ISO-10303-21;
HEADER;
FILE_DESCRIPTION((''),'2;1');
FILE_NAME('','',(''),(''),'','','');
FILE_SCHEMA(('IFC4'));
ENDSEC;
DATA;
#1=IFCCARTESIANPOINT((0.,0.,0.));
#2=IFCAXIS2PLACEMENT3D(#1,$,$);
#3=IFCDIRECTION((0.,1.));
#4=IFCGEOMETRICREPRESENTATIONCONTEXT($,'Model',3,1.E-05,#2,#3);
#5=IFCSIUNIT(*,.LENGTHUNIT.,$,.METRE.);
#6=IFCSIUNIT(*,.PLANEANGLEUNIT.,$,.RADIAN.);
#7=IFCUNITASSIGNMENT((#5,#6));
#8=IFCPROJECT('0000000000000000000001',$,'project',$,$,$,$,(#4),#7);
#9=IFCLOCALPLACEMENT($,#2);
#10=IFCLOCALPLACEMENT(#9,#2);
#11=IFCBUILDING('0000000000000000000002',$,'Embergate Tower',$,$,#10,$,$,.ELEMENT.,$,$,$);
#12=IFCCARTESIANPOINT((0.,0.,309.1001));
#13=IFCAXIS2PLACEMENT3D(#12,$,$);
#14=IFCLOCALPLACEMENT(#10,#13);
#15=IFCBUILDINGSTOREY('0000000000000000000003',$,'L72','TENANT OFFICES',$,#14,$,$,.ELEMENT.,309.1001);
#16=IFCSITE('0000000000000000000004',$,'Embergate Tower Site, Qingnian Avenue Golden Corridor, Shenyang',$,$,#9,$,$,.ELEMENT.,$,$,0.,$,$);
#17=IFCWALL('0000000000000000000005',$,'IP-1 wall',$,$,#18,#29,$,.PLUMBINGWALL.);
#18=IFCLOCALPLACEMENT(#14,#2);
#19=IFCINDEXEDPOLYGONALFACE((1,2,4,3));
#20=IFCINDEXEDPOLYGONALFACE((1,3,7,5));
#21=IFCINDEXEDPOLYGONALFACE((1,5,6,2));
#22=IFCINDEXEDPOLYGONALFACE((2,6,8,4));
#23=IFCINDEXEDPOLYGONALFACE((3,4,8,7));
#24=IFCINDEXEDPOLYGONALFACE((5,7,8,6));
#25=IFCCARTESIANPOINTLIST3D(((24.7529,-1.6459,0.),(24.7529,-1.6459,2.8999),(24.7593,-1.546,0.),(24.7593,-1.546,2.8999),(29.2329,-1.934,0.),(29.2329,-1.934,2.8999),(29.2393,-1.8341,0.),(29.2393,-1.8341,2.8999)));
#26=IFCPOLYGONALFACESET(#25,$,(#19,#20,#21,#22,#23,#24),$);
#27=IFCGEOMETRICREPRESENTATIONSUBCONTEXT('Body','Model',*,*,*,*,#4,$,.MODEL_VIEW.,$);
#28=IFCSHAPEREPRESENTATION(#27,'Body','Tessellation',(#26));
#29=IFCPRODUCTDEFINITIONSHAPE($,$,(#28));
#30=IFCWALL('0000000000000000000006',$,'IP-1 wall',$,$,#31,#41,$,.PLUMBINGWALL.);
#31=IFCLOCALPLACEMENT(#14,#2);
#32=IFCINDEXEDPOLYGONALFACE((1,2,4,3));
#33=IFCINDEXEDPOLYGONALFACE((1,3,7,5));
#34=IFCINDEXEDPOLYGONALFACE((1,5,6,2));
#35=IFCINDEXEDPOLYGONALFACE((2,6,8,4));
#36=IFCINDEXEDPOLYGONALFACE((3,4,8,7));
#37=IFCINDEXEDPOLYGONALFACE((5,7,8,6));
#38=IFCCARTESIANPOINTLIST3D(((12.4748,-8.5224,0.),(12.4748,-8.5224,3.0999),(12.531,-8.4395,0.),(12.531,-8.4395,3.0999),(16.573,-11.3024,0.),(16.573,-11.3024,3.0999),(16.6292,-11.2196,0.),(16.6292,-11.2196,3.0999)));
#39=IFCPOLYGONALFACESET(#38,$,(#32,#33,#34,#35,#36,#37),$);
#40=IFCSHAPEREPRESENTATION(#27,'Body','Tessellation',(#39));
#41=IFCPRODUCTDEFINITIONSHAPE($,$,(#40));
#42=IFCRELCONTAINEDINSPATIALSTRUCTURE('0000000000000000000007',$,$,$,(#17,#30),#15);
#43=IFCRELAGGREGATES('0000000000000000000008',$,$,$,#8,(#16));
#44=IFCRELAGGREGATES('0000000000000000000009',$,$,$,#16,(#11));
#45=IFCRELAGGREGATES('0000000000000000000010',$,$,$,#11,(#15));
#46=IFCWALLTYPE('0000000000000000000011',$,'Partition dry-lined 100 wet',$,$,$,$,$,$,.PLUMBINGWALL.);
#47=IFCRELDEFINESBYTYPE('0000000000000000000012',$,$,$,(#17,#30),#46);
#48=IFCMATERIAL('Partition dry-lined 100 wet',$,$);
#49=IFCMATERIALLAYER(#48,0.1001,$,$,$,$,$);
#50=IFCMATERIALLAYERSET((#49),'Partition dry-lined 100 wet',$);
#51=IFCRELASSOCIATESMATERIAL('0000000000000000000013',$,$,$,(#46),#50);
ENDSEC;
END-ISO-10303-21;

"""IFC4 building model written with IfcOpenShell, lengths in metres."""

from ifc_helpers import new_model, si_unit, direction, frame, frame_2d, origin, place, context, subcontext, project, spatial, rectangle, extrude, source, transform, mapped, material, layer, layer_set, type_object, element, save


model = new_model("IFC4")

# Units and contexts
model_context = context("Model", 3, precision=1e-05, world=origin(), true_north=direction((0.0, 1.0)))
body_context = subcontext(model_context, "Body", "Model", "MODEL_VIEW")
ifc_project = project(units=[si_unit("LENGTHUNIT", "METRE"), si_unit("PLANEANGLEUNIT", "RADIAN")], contexts=[model_context])

# Site, building, storey
site_placement = place(None, origin())
site = spatial("IfcSite", under=ifc_project, at=site_placement, Name="Embergate Tower Site, Qingnian Avenue Golden Corridor, Shenyang", CompositionType="ELEMENT", RefElevation=0.0)
building_placement = place(site_placement, origin())
building = spatial("IfcBuilding", under=site, at=building_placement, Name="Embergate Tower", CompositionType="ELEMENT")
storey_placement = place(building_placement, frame((0.0, 0.0, 309.1001)))
storey = spatial("IfcBuildingStorey", under=building, at=storey_placement, Name="L72", Description="TENANT OFFICES", CompositionType="ELEMENT", Elevation=309.1001)

# Walls
ifc_material_1 = material(Name="Partition dry-lined 100 wet")
ifc_layer_1 = layer(ifc_material_1, 0.1001)
ifc_layer_set_1 = layer_set([ifc_layer_1], Name="Partition dry-lined 100 wet")
wall_type_1 = type_object("IfcWallType", Name="Partition dry-lined 100 wet", PredefinedType="PLUMBINGWALL", material=ifc_layer_set_1)
shared_shape_1 = source(origin(), body_context, "Body", "SweptSolid", [
    extrude(rectangle(XDim=4.4893, YDim=0.1001, at=frame_2d((2.2446, 0.0))), origin(), (0.0, 0.0, 1.0), 2.8999),
])
wall_1_placement = place(storey_placement, frame((29.2361, -1.884, 0.0), z_axis=(0.0, 0.0, 1.0), x_axis=(-0.997939, 0.064173, 0.0)))
element("IfcWall", 1, at=wall_1_placement, inside=storey, type_object=wall_type_1, Name="IP-1 wall", PredefinedType="PLUMBINGWALL", context=body_context, shape_type="MappedRepresentation", body=[
    mapped(shared_shape_1, transform((0.0, 0.0, 0.0))),
])
shared_shape_2 = source(origin(), body_context, "Body", "SweptSolid", [
    extrude(rectangle(XDim=4.9521, YDim=0.1001, at=frame_2d((2.4761, 0.0))), origin(), (0.0, 0.0, 1.0), 3.0999),
])
wall_2_placement = place(storey_placement, frame((16.6011, -11.261, 0.0), z_axis=(0.0, 0.0, 1.0), x_axis=(-0.827556, 0.561383, 0.0)))
element("IfcWall", 2, at=wall_2_placement, inside=storey, type_object=wall_type_1, Name="IP-1 wall", PredefinedType="PLUMBINGWALL", context=body_context, shape_type="MappedRepresentation", body=[
    mapped(shared_shape_2, transform((0.0, 0.0, 0.0))),
])

save(model, "model.ifc")
